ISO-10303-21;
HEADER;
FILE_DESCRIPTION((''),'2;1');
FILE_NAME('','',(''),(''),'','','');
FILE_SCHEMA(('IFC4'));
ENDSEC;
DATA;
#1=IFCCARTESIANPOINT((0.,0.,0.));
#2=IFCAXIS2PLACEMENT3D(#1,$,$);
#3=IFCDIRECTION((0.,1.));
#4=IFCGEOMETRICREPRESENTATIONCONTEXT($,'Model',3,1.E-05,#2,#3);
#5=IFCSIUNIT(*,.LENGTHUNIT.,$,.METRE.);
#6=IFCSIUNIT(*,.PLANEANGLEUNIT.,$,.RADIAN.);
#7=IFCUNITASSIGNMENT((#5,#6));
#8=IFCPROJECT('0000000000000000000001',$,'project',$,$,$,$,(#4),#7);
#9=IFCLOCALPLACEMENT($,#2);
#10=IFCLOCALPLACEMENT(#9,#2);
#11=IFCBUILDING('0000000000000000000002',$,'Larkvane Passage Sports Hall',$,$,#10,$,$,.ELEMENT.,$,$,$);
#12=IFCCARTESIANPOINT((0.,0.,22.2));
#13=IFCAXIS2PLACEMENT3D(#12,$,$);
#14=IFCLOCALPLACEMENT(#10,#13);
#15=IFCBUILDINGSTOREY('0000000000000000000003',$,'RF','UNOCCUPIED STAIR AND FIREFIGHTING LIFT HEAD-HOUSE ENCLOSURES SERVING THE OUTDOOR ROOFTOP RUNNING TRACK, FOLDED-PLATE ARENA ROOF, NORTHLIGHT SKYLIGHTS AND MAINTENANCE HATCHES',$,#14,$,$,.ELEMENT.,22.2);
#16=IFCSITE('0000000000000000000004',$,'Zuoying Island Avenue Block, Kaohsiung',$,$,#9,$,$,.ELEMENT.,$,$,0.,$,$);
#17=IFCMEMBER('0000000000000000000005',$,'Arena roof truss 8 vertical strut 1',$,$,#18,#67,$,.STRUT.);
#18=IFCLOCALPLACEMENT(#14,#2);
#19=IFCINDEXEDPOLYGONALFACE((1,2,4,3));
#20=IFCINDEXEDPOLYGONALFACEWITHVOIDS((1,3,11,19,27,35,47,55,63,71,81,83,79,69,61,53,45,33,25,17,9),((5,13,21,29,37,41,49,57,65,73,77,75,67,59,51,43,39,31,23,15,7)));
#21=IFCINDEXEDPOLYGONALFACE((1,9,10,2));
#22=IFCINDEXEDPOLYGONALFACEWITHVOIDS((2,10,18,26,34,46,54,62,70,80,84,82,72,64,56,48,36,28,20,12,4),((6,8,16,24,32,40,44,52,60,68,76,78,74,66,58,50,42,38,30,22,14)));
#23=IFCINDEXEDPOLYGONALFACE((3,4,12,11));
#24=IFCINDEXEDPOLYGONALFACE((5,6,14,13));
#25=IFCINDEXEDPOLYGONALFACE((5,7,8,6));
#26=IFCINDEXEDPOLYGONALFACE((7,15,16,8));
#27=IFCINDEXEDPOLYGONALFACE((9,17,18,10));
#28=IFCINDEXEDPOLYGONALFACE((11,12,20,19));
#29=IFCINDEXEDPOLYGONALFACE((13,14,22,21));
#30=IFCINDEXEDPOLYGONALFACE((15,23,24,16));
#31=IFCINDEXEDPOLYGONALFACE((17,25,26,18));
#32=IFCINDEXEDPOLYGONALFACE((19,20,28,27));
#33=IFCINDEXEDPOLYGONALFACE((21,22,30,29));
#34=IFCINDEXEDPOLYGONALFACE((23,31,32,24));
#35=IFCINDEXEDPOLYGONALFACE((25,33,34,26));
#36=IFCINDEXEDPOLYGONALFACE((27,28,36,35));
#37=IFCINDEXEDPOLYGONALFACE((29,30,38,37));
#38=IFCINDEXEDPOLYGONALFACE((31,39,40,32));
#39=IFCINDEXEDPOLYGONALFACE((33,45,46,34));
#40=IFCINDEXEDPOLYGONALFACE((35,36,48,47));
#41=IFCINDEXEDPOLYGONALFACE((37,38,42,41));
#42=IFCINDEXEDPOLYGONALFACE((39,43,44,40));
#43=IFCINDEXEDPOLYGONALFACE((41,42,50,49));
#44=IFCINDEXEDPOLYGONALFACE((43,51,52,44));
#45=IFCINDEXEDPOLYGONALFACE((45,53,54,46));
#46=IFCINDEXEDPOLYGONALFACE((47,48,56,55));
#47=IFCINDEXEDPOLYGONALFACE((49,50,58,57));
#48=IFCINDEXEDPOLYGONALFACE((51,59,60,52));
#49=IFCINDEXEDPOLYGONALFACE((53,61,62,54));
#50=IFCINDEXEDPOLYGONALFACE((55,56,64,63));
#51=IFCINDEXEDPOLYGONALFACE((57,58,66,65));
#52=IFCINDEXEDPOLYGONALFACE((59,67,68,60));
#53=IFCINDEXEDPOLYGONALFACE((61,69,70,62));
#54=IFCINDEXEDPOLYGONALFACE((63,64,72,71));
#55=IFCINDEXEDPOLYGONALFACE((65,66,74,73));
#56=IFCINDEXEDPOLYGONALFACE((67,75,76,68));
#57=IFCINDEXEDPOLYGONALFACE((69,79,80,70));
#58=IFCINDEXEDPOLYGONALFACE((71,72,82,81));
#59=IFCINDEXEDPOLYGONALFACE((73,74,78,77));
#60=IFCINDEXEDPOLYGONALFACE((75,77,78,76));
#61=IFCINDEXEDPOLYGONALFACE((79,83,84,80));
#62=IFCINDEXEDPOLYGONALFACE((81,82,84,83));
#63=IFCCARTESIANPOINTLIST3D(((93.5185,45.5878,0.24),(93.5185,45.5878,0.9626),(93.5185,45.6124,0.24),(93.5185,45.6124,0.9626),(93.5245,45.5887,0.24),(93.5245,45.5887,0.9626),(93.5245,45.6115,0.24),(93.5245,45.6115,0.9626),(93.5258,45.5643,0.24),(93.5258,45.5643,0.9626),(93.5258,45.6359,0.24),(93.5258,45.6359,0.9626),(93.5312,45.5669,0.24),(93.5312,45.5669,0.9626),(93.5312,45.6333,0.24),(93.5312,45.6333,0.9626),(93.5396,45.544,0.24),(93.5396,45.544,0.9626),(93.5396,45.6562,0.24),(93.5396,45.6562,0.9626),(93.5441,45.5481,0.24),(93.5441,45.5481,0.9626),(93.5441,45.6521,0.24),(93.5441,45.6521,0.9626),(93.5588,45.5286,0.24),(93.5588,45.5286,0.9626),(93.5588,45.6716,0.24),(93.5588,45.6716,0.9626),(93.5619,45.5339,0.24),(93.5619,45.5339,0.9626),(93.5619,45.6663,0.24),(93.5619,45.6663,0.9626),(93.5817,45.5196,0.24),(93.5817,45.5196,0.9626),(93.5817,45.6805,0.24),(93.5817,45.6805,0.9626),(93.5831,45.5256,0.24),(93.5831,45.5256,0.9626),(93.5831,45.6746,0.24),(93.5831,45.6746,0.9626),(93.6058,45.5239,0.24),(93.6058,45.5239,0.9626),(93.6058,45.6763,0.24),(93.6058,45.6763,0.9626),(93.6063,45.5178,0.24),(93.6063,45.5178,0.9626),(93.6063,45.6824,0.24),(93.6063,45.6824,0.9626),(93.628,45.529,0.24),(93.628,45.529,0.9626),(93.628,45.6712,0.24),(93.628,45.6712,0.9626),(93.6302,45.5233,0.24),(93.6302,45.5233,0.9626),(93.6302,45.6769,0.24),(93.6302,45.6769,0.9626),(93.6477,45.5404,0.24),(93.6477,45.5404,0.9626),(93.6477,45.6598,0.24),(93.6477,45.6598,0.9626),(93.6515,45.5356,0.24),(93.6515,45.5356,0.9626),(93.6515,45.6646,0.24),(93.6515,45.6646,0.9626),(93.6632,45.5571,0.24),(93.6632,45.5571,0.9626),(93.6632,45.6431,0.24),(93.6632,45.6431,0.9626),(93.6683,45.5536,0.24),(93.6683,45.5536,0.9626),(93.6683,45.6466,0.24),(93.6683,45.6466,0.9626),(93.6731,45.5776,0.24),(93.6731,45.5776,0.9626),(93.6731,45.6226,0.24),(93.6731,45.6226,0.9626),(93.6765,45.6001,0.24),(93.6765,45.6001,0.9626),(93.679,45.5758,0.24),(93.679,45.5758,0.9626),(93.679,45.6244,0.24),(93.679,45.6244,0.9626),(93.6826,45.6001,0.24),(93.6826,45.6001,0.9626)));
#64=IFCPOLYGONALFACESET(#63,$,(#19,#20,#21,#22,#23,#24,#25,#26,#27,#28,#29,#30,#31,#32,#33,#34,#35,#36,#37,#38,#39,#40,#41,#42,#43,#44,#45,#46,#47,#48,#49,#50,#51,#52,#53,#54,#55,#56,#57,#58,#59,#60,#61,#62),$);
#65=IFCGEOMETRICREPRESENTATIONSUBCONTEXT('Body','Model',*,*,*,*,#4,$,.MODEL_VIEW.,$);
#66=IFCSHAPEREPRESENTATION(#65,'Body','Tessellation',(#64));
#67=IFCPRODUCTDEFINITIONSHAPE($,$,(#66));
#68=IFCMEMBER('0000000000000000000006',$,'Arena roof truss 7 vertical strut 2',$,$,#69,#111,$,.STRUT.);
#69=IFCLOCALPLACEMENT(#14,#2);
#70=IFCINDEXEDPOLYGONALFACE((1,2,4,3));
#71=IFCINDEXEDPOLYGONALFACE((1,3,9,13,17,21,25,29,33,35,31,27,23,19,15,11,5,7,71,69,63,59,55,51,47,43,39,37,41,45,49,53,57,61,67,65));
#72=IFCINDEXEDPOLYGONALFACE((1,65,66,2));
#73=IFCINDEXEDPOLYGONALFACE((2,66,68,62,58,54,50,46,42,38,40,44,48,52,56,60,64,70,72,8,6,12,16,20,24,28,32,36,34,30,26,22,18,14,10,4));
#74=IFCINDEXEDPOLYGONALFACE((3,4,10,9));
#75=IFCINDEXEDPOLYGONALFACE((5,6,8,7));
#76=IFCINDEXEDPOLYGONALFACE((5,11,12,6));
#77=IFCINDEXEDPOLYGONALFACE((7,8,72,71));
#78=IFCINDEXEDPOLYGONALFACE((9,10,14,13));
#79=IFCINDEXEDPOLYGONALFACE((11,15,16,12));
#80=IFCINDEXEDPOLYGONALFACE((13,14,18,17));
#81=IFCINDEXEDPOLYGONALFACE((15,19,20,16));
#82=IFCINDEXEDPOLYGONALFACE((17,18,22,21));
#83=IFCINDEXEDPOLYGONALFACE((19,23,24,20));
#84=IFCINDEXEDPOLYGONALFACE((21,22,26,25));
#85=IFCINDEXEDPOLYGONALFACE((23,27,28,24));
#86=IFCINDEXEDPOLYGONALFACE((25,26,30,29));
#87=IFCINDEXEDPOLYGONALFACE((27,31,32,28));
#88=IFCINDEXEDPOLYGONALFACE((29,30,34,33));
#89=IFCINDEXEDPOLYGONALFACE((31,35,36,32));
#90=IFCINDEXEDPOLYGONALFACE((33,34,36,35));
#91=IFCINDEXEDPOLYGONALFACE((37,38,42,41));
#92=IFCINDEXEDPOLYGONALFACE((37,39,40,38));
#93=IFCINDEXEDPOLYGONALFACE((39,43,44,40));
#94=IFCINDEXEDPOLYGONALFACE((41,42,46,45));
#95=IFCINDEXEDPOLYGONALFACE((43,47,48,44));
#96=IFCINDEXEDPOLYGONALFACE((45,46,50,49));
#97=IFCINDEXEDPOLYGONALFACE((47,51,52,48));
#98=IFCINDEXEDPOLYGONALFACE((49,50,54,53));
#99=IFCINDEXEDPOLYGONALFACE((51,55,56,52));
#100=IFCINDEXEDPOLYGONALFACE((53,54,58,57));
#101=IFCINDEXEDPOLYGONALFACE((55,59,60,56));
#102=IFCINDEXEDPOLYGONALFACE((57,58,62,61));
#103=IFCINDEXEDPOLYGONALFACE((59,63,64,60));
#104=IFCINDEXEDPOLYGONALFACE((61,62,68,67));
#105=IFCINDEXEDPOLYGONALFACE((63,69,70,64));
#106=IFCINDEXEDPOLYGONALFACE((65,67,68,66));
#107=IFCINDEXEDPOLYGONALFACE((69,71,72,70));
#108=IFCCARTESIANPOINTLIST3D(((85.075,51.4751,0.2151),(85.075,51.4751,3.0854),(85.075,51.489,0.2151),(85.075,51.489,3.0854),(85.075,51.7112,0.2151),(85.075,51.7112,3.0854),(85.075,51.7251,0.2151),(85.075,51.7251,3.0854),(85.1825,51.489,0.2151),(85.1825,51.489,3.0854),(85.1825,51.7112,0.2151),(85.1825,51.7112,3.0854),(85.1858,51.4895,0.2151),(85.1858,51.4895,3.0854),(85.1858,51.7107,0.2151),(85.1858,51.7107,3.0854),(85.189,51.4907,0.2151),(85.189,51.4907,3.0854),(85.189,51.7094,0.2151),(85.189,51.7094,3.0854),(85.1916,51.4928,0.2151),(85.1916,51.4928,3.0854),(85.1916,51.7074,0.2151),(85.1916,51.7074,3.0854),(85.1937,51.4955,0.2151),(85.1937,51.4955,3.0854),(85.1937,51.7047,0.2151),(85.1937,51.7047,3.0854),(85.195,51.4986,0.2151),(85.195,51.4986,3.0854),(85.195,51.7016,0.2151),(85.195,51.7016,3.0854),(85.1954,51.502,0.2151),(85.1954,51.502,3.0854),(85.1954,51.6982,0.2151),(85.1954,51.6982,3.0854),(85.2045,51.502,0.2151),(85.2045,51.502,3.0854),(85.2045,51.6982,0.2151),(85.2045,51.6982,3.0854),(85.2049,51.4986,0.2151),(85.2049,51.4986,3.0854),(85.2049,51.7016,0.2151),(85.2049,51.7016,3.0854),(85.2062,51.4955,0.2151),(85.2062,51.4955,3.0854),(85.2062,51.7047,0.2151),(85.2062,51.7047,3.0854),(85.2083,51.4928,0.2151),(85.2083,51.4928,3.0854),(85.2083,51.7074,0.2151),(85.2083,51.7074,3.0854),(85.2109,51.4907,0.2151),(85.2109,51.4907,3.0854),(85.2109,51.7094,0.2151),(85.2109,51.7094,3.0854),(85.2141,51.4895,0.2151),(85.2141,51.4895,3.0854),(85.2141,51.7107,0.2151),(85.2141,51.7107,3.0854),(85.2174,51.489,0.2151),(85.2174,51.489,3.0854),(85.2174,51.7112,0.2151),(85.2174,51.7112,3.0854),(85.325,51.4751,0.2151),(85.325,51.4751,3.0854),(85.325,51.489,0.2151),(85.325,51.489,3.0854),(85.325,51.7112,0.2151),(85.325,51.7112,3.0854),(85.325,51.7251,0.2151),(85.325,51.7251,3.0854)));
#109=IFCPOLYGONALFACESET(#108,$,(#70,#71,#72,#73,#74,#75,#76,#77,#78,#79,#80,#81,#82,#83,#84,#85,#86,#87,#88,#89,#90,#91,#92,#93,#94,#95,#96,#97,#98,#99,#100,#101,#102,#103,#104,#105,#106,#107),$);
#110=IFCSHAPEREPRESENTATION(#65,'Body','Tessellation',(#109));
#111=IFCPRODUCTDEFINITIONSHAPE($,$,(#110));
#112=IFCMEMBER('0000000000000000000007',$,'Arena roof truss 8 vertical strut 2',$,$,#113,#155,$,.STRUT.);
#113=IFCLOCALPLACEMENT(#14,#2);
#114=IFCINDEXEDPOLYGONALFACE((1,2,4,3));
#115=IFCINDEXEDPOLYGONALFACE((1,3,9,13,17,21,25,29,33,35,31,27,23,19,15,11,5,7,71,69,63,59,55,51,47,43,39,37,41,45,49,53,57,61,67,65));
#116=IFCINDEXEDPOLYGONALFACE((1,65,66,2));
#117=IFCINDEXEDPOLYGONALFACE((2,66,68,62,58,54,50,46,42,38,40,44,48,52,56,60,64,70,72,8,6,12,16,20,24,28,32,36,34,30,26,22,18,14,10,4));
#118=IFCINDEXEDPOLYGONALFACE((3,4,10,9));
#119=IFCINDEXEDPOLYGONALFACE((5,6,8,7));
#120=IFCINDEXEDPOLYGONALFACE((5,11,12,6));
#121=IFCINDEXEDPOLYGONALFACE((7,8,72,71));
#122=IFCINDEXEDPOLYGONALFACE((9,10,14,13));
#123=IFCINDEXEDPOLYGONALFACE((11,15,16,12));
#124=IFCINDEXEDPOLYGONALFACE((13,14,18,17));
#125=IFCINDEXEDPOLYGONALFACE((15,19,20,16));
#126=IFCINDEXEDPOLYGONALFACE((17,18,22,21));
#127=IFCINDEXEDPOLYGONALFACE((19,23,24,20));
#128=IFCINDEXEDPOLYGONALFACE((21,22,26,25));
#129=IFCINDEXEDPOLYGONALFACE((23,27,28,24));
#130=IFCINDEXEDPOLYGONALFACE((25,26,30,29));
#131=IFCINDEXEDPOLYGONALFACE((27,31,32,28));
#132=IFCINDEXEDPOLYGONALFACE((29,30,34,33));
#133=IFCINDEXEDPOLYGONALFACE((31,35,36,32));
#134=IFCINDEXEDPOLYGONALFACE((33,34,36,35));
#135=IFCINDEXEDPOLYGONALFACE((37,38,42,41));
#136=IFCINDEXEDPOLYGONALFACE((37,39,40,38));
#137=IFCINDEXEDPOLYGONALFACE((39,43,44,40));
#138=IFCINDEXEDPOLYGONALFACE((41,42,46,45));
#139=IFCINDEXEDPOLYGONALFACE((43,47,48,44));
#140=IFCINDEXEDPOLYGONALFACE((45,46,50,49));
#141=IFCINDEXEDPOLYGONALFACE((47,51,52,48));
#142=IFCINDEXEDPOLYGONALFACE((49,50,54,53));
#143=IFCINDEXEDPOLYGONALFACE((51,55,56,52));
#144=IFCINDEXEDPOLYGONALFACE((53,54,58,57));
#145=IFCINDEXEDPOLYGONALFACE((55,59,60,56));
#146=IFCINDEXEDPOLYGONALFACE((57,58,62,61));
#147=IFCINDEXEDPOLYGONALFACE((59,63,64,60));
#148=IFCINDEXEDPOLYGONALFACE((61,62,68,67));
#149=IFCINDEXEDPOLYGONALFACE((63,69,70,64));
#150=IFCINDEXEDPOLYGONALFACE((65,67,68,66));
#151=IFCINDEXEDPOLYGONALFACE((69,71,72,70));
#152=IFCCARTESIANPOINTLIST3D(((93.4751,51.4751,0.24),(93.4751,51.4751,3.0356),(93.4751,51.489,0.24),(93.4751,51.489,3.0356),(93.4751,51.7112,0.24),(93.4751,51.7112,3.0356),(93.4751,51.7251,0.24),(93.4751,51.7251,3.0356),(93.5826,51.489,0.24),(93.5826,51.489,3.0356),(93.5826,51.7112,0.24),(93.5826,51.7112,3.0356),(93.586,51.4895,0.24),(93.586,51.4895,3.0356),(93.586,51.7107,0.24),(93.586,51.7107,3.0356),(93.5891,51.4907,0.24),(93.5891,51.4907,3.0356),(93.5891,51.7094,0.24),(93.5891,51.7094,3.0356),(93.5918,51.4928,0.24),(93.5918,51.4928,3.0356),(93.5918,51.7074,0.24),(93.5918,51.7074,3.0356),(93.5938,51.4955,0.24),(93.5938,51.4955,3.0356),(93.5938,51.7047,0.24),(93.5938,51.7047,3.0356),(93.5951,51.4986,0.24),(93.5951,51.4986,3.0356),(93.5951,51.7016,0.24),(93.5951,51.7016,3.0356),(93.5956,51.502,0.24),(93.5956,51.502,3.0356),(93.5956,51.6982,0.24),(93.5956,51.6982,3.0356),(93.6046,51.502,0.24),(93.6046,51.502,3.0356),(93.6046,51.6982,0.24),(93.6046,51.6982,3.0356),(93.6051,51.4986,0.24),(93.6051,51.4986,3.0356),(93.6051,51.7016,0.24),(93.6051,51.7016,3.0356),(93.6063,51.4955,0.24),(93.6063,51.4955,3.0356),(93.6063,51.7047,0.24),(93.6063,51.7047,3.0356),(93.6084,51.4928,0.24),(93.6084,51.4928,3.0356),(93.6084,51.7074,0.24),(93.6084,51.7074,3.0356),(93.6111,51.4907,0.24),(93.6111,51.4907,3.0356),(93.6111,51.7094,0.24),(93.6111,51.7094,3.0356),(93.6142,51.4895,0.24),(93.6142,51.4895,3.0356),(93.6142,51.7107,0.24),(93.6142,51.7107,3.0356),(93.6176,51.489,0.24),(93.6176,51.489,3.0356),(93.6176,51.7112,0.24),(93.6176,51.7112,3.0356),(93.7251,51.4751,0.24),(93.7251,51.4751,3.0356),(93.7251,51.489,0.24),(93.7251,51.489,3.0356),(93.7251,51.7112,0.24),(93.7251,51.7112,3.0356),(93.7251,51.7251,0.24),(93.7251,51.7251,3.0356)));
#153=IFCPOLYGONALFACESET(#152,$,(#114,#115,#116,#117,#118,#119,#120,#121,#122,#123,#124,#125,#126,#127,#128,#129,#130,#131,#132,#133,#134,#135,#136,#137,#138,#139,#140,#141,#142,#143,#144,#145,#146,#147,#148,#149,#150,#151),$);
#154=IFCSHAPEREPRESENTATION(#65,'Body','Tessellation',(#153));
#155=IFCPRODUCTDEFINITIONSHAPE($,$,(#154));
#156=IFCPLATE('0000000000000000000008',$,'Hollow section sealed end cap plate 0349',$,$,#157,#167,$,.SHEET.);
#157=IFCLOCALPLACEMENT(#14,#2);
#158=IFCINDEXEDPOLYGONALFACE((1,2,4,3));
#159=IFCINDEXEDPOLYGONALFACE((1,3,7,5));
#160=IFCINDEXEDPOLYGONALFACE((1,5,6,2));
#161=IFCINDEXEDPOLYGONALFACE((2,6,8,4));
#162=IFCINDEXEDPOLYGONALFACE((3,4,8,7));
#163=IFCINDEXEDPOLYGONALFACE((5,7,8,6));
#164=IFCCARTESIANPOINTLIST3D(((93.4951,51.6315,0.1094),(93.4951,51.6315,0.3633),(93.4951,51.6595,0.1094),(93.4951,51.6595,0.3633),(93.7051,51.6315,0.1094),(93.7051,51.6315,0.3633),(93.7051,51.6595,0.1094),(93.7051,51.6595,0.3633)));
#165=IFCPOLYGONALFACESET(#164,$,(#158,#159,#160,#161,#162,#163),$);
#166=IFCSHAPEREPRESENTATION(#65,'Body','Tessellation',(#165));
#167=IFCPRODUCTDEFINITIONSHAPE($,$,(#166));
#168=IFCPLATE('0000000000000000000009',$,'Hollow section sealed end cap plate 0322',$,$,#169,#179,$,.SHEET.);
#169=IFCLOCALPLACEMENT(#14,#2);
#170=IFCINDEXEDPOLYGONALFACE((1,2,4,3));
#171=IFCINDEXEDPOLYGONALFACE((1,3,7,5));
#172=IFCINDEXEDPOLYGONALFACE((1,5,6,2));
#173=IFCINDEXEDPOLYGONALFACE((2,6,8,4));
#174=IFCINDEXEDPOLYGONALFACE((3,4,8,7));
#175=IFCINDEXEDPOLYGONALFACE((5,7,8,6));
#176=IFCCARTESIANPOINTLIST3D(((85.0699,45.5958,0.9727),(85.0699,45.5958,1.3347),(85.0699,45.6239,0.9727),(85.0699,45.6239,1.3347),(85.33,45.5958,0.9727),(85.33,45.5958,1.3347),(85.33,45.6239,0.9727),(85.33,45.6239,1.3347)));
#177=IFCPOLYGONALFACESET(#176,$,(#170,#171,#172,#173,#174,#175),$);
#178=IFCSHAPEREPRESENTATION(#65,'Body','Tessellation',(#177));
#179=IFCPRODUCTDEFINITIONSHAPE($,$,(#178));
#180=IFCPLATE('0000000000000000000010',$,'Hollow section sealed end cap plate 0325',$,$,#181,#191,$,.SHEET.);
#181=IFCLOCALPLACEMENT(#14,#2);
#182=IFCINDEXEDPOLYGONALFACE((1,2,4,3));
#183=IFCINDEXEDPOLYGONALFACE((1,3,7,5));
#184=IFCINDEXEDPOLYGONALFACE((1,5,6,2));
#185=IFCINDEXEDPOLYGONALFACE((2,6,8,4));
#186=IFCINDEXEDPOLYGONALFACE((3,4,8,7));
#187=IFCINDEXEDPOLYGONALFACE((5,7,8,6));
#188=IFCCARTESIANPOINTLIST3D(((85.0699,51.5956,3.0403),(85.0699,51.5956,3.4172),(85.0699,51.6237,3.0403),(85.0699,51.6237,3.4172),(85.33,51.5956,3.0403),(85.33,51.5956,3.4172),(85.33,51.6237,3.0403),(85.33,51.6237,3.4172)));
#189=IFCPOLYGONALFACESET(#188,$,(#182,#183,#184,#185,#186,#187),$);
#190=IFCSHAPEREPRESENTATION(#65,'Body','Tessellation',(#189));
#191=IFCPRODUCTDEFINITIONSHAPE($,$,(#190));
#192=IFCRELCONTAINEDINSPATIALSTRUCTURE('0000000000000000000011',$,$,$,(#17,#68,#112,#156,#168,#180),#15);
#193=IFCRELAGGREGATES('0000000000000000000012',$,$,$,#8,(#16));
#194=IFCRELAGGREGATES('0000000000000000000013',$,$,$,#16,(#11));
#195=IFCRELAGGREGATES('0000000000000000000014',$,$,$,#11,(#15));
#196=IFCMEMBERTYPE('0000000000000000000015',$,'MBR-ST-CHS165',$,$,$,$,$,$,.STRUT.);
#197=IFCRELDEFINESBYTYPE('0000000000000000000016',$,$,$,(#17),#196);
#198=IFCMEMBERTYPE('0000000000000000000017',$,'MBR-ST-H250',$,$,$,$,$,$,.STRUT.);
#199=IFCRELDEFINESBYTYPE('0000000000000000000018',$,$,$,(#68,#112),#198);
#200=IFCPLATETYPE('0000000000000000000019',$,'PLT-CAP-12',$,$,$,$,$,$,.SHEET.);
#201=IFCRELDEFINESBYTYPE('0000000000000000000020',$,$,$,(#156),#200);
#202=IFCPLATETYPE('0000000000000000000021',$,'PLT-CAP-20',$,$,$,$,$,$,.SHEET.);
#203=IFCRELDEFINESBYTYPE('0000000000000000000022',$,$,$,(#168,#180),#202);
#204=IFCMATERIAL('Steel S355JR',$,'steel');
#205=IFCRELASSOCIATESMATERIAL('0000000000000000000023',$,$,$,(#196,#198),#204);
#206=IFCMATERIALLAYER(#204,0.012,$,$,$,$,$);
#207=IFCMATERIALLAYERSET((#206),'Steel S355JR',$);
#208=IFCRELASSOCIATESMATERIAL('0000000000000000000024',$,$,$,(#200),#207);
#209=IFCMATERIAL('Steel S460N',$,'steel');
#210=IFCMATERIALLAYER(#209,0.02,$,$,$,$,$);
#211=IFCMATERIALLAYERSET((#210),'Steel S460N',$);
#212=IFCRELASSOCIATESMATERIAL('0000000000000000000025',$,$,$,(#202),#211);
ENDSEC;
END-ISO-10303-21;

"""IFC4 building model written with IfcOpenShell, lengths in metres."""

from ifc_helpers import new_model, si_unit, direction, frame, origin, origin_2d, place, context, subcontext, project, spatial, rectangle, hollow_circle, i_section, extrude, material, layer, layer_set, material_profile, profile_set, type_object, element, save


model = new_model("IFC4")

# Units and contexts
model_context = context("Model", 3, precision=1e-05, world=origin(), true_north=direction((0.0, 1.0)))
body_context = subcontext(model_context, "Body", "Model", "MODEL_VIEW")
ifc_project = project(units=[si_unit("LENGTHUNIT", "METRE"), si_unit("PLANEANGLEUNIT", "RADIAN")], contexts=[model_context])

# Site, building, storey
site_placement = place(None, origin())
site = spatial("IfcSite", under=ifc_project, at=site_placement, Name="Zuoying Island Avenue Block, Kaohsiung", CompositionType="ELEMENT", RefElevation=0.0)
building_placement = place(site_placement, origin())
building = spatial("IfcBuilding", under=site, at=building_placement, Name="Larkvane Passage Sports Hall", CompositionType="ELEMENT")
storey_placement = place(building_placement, frame((0.0, 0.0, 22.2)))
storey = spatial("IfcBuildingStorey", under=building, at=storey_placement, Name="RF", Description="UNOCCUPIED STAIR AND FIREFIGHTING LIFT HEAD-HOUSE ENCLOSURES SERVING THE OUTDOOR ROOFTOP RUNNING TRACK, FOLDED-PLATE ARENA ROOF, NORTHLIGHT SKYLIGHTS AND MAINTENANCE HATCHES", CompositionType="ELEMENT", Elevation=22.2)

# Members
ifc_material_1 = material(Name="Steel S460N", Category="steel")
ifc_material_2 = material(Name="Steel S355JR", Category="steel")
ifc_material_profile_1 = material_profile(ifc_material_2, hollow_circle(Radius=0.0825, WallThickness=0.0061, at=origin_2d()), Name="CHS-165.2x6.0")
ifc_profile_set_1 = profile_set([ifc_material_profile_1], Name="Steel S355JR")
member_type_1 = type_object("IfcMemberType", Name="MBR-ST-CHS165", PredefinedType="STRUT", material=ifc_profile_set_1)
member_1_placement = place(storey_placement, frame((93.6001, 45.6001, 0.24), z_axis=(0.0, 0.0, 1.0), x_axis=(1.0, 0.0, 0.0)))
element("IfcMember", 1, at=member_1_placement, inside=storey, type_object=member_type_1, Name="Arena roof truss 8 vertical strut 1", PredefinedType="STRUT", context=body_context, shape_type="SweptSolid", body=[
    extrude(hollow_circle(Radius=0.0825, WallThickness=0.0061, at=origin_2d()), origin(), (0.0, 0.0, 1.0), 0.7227),
])
ifc_material_profile_2 = material_profile(ifc_material_2, i_section(OverallWidth=0.25, OverallDepth=0.25, WebThickness=0.009, FlangeThickness=0.0139, FilletRadius=0.0129, at=origin_2d()), Name="H-250x250x9x14")
ifc_profile_set_2 = profile_set([ifc_material_profile_2], Name="Steel S355JR")
member_type_2 = type_object("IfcMemberType", Name="MBR-ST-H250", PredefinedType="STRUT", material=ifc_profile_set_2)
member_2_placement = place(storey_placement, frame((85.2, 51.6001, 0.2151), z_axis=(0.0, 0.0, 1.0), x_axis=(1.0, 0.0, 0.0)))
element("IfcMember", 2, at=member_2_placement, inside=storey, type_object=member_type_2, Name="Arena roof truss 7 vertical strut 2", PredefinedType="STRUT", context=body_context, shape_type="SweptSolid", body=[
    extrude(i_section(OverallWidth=0.25, OverallDepth=0.25, WebThickness=0.009, FlangeThickness=0.0139, FilletRadius=0.0129, at=origin_2d()), origin(), (0.0, 0.0, 1.0), 2.8704),
])
member_3_placement = place(storey_placement, frame((93.6001, 51.6001, 0.24), z_axis=(0.0, 0.0, 1.0), x_axis=(1.0, 0.0, 0.0)))
element("IfcMember", 3, at=member_3_placement, inside=storey, type_object=member_type_2, Name="Arena roof truss 8 vertical strut 2", PredefinedType="STRUT", context=body_context, shape_type="SweptSolid", body=[
    extrude(i_section(OverallWidth=0.25, OverallDepth=0.25, WebThickness=0.009, FlangeThickness=0.0139, FilletRadius=0.0129, at=origin_2d()), origin(), (0.0, 0.0, 1.0), 2.7957),
])

# Plates
ifc_layer_1 = layer(ifc_material_2, 0.012)
ifc_layer_set_1 = layer_set([ifc_layer_1], Name="Steel S355JR")
plate_type_1 = type_object("IfcPlateType", Name="PLT-CAP-12", PredefinedType="SHEET", material=ifc_layer_set_1)
plate_1_placement = place(storey_placement, frame((93.6001, 51.6455, 0.1094), z_axis=(0.0, 0.0, 1.0), x_axis=(-1.0, 0.0, 0.0)))
element("IfcPlate", 4, at=plate_1_placement, inside=storey, type_object=plate_type_1, Name="Hollow section sealed end cap plate 0349", PredefinedType="SHEET", context=body_context, shape_type="SweptSolid", body=[
    extrude(rectangle(XDim=0.21, YDim=0.0281, at=origin_2d()), origin(), (0.0, 0.0, 1.0), 0.2539),
])
ifc_layer_2 = layer(ifc_material_1, 0.02)
ifc_layer_set_2 = layer_set([ifc_layer_2], Name="Steel S460N")
plate_type_2 = type_object("IfcPlateType", Name="PLT-CAP-20", PredefinedType="SHEET", material=ifc_layer_set_2)
plate_2_placement = place(storey_placement, frame((85.2, 45.6099, 0.9727), z_axis=(0.0, 0.0, 1.0), x_axis=(-1.0, 0.0, 0.0)))
element("IfcPlate", 5, at=plate_2_placement, inside=storey, type_object=plate_type_2, Name="Hollow section sealed end cap plate 0322", PredefinedType="SHEET", context=body_context, shape_type="SweptSolid", body=[
    extrude(rectangle(XDim=0.26, YDim=0.0281, at=origin_2d()), origin(), (0.0, 0.0, 1.0), 0.3621),
])
plate_3_placement = place(storey_placement, frame((85.2, 51.6096, 3.0403), z_axis=(0.0, 0.0, 1.0), x_axis=(-1.0, 0.0, 0.0)))
element("IfcPlate", 6, at=plate_3_placement, inside=storey, type_object=plate_type_2, Name="Hollow section sealed end cap plate 0325", PredefinedType="SHEET", context=body_context, shape_type="SweptSolid", body=[
    extrude(rectangle(XDim=0.26, YDim=0.0281, at=origin_2d()), origin(), (0.0, 0.0, 1.0), 0.377),
])

save(model, "model.ifc")
